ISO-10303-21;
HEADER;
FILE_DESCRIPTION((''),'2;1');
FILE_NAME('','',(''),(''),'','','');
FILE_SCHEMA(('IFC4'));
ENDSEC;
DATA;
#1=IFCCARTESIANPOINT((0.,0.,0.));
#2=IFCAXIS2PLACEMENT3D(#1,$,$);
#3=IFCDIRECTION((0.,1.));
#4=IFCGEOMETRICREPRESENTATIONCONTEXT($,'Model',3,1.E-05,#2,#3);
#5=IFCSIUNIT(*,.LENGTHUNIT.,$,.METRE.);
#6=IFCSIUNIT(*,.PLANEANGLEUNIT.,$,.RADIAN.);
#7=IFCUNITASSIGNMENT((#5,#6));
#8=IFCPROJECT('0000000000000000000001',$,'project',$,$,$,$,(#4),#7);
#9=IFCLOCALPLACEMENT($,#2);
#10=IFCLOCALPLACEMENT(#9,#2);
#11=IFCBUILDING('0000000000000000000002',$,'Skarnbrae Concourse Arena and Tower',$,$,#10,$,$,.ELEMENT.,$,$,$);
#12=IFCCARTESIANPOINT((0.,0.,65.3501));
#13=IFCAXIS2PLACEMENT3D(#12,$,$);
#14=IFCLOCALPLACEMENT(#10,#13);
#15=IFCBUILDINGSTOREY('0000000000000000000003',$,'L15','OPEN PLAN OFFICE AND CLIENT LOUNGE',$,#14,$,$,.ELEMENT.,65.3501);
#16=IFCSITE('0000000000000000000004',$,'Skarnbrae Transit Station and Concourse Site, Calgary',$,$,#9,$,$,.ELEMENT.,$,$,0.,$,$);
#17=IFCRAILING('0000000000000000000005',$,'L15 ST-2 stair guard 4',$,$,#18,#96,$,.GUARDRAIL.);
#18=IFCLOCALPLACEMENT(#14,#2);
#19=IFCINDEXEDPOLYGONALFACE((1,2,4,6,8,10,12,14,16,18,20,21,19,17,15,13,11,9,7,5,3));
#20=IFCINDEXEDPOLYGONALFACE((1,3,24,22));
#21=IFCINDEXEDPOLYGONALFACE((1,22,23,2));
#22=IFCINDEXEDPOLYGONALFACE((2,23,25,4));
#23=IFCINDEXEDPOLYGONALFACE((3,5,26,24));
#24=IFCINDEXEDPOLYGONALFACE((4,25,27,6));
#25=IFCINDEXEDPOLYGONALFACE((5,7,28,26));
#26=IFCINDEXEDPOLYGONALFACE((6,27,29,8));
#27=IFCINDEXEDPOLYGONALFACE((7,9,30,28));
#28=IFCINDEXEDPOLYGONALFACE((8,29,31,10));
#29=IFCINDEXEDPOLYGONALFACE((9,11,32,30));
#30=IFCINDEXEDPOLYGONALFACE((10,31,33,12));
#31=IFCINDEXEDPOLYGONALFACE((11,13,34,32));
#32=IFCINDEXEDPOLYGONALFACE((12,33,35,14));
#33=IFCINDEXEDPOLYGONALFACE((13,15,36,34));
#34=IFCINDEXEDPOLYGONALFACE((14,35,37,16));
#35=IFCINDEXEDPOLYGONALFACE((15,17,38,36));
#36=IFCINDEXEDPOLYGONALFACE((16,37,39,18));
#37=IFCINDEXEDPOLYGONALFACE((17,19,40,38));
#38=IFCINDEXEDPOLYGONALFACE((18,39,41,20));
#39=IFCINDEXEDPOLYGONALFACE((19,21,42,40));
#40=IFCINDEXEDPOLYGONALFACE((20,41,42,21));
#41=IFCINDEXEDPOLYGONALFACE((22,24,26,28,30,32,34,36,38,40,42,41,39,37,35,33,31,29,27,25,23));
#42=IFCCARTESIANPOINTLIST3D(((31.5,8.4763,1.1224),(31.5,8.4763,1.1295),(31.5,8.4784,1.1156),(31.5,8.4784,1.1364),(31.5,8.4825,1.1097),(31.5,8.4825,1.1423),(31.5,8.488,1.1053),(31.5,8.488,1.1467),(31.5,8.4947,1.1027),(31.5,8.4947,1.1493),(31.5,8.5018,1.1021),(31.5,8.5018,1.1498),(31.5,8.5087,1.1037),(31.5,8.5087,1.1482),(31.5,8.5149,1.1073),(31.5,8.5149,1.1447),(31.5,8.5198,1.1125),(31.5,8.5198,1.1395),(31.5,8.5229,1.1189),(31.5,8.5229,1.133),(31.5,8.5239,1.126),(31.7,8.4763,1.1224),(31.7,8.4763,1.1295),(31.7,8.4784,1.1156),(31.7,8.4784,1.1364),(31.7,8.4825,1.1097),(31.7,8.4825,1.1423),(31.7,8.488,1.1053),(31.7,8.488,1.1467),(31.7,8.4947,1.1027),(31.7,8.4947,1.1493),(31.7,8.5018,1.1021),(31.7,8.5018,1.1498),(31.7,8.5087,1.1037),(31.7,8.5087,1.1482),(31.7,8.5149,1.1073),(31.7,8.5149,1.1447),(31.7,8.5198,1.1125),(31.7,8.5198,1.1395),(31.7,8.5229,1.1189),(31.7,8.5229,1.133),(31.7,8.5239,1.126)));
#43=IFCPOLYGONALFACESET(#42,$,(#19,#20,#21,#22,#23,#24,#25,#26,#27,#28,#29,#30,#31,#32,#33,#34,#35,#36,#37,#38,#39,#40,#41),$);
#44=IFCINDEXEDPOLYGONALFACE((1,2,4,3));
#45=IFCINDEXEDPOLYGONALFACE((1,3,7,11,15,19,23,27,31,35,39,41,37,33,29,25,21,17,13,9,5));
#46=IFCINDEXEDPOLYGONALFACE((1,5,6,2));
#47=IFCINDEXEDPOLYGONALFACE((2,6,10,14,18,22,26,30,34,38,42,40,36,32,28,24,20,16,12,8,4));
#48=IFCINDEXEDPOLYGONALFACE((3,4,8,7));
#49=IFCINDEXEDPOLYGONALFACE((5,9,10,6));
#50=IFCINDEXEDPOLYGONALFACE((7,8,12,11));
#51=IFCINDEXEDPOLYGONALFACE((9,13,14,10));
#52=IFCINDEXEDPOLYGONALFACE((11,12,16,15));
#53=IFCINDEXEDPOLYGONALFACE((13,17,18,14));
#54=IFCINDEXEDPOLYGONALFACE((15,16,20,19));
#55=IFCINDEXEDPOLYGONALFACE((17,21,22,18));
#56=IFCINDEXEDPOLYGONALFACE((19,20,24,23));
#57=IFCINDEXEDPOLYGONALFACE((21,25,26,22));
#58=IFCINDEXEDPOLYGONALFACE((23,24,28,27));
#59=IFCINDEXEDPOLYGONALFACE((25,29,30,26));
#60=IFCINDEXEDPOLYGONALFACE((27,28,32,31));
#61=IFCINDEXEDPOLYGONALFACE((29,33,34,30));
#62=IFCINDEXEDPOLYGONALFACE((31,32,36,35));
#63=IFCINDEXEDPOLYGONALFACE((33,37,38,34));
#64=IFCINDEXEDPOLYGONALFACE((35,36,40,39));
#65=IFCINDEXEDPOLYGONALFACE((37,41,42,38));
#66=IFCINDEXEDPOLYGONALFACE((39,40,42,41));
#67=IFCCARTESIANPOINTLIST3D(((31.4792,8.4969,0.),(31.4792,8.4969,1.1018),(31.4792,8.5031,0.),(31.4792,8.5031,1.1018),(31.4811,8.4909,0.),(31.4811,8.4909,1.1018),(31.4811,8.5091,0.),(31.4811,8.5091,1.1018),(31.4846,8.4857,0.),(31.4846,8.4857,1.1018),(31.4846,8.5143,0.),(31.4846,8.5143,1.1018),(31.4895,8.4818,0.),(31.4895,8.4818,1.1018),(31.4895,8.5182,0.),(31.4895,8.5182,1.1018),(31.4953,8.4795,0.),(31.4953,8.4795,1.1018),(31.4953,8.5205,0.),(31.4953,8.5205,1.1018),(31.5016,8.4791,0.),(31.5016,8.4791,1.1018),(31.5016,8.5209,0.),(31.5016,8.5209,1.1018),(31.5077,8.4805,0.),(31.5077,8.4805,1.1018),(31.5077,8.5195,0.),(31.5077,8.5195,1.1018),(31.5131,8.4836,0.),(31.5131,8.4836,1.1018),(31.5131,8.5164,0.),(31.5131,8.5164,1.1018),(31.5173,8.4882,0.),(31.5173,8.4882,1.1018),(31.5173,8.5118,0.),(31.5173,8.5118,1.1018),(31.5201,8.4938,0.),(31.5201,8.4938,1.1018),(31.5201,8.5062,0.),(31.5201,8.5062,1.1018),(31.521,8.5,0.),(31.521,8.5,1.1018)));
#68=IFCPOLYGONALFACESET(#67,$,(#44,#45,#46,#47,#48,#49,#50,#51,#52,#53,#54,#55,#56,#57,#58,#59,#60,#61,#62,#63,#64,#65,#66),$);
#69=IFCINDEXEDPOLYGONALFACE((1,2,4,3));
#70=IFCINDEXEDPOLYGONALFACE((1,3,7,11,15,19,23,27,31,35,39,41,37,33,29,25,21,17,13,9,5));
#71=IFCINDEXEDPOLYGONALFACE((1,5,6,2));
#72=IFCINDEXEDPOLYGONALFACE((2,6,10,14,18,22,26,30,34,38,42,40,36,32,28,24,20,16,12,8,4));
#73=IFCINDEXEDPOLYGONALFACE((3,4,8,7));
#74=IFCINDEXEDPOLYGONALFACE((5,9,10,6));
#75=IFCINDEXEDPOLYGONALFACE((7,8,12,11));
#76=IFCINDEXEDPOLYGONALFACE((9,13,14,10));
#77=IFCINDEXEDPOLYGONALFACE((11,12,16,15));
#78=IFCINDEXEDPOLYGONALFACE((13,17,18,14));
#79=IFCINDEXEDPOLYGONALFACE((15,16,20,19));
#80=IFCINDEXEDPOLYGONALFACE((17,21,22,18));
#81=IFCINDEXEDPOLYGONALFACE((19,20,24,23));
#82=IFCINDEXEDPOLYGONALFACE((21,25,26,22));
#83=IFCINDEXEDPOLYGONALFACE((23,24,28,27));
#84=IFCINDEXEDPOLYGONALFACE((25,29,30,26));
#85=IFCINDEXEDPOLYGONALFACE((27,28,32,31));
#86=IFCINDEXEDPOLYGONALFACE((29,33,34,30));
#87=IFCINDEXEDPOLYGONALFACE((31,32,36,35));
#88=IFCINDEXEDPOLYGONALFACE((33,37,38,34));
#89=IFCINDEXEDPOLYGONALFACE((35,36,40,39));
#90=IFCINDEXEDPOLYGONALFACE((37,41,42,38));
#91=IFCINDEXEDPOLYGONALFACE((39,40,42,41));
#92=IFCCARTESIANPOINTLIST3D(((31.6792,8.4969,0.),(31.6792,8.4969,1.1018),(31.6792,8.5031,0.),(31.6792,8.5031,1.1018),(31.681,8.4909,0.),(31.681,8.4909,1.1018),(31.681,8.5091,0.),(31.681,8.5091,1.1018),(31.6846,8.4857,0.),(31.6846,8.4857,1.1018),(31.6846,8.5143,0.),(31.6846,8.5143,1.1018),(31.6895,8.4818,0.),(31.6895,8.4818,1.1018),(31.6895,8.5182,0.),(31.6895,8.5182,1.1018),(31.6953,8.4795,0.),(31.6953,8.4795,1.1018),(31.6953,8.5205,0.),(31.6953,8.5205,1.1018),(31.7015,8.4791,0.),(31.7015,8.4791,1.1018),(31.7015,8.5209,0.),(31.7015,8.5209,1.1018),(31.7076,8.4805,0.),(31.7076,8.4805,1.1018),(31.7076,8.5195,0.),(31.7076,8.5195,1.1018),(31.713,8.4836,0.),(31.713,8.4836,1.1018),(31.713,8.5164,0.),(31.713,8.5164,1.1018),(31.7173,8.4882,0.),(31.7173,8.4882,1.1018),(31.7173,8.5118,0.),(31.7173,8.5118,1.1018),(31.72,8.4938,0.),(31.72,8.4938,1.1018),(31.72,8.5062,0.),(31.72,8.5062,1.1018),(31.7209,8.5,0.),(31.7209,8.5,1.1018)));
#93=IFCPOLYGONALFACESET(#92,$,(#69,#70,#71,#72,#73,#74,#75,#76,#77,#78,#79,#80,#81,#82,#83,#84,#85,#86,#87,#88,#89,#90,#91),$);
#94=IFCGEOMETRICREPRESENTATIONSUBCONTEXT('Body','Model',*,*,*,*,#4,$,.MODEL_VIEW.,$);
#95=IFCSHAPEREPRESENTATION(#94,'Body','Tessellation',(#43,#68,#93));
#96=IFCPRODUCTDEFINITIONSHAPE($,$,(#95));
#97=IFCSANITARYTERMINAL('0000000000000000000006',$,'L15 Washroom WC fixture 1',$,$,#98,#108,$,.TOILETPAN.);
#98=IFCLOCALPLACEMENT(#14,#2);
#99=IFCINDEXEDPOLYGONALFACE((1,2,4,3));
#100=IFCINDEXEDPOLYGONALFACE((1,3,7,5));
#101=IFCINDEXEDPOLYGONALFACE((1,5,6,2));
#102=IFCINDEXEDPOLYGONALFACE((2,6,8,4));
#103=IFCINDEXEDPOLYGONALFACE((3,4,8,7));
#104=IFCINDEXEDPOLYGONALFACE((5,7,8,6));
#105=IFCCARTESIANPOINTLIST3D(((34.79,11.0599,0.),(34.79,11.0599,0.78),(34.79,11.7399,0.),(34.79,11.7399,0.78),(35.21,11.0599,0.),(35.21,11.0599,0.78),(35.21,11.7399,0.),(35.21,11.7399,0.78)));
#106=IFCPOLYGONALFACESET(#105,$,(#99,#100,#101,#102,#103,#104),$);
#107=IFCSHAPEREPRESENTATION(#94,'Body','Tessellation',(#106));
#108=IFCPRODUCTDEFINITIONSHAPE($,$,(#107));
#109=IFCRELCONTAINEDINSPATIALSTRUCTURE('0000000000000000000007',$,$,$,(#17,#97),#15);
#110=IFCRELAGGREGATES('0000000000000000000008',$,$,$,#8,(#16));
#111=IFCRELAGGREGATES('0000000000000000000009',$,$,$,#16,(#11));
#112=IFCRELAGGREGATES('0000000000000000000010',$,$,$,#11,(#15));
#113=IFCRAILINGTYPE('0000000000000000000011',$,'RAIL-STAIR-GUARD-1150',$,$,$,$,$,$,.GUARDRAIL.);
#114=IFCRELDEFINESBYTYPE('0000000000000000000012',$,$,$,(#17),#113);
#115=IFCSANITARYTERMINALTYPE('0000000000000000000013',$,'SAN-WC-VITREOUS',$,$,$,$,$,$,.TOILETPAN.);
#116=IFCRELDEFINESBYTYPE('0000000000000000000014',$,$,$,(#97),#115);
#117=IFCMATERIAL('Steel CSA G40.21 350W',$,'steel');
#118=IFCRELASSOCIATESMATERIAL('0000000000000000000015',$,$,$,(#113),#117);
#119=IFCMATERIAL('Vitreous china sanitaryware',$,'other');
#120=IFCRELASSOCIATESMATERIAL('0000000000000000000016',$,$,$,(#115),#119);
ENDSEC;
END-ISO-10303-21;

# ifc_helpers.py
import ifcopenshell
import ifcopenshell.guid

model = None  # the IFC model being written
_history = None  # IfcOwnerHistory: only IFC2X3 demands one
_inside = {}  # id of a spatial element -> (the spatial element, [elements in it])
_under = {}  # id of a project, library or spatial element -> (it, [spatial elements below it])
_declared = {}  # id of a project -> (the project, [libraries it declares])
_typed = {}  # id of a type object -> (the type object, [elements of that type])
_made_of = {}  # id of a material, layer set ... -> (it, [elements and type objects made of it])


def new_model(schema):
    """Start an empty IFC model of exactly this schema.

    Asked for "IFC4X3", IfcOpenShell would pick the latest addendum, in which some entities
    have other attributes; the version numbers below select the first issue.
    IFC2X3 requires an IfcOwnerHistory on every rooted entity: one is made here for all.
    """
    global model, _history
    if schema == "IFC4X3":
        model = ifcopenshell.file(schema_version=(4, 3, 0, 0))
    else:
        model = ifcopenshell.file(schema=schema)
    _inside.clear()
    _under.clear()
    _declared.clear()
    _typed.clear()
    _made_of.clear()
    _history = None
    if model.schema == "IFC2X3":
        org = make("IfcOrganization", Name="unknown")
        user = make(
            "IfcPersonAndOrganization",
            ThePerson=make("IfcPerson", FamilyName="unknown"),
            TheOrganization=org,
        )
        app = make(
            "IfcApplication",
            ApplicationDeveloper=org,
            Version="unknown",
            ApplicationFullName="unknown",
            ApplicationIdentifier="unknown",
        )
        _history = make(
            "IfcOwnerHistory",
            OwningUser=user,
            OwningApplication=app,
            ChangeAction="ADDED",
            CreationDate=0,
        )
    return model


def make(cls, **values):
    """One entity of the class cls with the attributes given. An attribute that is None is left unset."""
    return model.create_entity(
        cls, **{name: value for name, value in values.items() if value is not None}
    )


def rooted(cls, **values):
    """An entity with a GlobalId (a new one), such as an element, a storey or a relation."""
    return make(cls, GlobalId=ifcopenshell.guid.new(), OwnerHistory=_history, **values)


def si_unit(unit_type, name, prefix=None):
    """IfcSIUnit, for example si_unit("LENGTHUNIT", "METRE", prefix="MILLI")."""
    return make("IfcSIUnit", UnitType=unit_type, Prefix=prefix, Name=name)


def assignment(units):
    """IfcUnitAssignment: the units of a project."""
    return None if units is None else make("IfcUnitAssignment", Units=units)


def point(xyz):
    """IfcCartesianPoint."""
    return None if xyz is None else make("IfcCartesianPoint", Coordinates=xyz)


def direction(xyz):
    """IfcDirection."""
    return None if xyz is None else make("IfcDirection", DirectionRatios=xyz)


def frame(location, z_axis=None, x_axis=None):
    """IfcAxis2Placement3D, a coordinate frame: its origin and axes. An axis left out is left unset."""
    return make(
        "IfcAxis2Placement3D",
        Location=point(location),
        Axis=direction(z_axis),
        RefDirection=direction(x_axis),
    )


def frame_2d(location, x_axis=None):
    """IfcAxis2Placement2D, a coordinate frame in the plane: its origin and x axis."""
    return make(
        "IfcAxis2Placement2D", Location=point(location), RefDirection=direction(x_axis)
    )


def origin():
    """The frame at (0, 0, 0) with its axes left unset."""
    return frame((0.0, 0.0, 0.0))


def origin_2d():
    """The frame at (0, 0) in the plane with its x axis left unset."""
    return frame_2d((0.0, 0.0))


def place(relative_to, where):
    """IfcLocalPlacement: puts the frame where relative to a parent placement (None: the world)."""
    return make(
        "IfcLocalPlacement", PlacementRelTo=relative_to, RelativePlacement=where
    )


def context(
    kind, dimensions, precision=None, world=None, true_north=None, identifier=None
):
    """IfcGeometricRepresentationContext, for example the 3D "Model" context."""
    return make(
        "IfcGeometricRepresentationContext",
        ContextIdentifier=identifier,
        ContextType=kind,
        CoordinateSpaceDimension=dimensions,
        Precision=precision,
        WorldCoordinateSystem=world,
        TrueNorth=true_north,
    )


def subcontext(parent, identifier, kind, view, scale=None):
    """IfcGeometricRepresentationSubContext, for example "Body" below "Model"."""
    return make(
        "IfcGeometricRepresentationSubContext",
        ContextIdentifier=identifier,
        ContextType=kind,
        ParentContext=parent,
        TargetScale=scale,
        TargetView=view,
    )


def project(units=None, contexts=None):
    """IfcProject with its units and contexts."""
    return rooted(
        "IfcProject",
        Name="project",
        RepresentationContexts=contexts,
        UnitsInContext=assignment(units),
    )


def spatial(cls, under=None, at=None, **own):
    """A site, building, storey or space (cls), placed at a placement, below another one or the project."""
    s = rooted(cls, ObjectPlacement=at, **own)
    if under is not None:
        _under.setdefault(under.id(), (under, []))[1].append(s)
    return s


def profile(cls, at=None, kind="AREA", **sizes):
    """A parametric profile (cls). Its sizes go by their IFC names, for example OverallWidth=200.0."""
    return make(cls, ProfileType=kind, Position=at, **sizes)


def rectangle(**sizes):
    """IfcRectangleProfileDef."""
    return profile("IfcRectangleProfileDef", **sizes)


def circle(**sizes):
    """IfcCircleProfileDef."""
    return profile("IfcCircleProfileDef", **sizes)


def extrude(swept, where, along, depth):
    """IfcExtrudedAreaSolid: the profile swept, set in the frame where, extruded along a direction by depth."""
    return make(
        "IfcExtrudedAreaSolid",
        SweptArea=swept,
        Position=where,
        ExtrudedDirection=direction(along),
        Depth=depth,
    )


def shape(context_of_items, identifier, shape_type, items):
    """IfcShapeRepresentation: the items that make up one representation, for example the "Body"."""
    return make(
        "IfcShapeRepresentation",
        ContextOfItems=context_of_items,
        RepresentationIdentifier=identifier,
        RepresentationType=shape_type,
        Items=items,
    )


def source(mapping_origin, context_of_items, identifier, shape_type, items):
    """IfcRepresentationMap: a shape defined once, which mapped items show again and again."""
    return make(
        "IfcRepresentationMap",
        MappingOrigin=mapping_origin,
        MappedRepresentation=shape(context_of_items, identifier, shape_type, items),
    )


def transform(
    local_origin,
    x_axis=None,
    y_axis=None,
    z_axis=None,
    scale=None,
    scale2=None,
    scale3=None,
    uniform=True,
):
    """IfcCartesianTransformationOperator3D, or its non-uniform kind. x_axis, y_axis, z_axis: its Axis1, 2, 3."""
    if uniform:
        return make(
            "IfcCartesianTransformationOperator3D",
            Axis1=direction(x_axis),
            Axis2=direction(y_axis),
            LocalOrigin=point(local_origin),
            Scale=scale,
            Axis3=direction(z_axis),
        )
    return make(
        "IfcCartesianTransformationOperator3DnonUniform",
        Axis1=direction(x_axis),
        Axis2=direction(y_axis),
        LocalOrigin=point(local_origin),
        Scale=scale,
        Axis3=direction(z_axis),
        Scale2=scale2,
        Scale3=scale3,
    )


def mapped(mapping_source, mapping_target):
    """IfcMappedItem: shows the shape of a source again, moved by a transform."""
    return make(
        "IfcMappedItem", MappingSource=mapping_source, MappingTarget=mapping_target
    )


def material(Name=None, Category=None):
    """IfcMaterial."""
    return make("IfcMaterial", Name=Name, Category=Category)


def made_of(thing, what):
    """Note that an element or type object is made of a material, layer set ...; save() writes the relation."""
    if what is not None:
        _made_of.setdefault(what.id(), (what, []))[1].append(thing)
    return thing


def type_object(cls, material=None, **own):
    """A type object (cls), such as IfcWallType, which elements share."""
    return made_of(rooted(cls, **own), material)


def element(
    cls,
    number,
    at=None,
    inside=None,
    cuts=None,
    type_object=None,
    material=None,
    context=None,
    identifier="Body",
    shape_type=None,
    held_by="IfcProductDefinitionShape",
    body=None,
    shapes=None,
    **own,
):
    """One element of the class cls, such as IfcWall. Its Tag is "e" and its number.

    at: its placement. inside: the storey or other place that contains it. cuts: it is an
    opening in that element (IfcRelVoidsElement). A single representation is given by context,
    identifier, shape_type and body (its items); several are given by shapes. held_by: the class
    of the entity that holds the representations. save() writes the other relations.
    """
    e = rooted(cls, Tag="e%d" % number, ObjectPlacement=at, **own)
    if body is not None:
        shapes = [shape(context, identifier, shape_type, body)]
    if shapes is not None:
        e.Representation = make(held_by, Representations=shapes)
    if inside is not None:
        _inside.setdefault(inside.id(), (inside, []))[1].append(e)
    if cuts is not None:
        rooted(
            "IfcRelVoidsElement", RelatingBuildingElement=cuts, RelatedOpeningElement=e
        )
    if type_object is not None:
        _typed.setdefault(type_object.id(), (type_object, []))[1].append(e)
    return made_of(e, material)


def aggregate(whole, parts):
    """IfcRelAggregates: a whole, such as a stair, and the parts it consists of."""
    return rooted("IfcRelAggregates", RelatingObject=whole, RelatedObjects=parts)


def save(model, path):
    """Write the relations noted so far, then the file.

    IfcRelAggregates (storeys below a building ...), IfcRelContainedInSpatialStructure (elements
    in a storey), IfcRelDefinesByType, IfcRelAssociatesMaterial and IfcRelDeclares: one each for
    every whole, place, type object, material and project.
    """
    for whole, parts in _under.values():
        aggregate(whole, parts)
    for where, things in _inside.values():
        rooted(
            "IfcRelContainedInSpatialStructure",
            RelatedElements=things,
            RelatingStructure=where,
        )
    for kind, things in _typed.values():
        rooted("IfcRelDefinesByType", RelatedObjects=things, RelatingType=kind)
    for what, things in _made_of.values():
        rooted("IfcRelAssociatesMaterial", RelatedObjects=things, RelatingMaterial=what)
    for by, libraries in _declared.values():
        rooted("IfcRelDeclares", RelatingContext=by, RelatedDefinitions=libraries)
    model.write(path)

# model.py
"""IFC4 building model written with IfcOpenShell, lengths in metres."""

from ifc_helpers import new_model, si_unit, direction, frame, origin, origin_2d, place, context, subcontext, project, spatial, rectangle, circle, extrude, source, transform, mapped, material, type_object, element, save


model = new_model("IFC4")

# Units and contexts
model_context = context("Model", 3, precision=1e-05, world=origin(), true_north=direction((0.0, 1.0)))
body_context = subcontext(model_context, "Body", "Model", "MODEL_VIEW")
ifc_project = project(units=[si_unit("LENGTHUNIT", "METRE"), si_unit("PLANEANGLEUNIT", "RADIAN")], contexts=[model_context])

# Site, building, storey
site_placement = place(None, origin())
site = spatial("IfcSite", under=ifc_project, at=site_placement, Name="Skarnbrae Transit Station and Concourse Site, Calgary", CompositionType="ELEMENT", RefElevation=0.0)
building_placement = place(site_placement, origin())
building = spatial("IfcBuilding", under=site, at=building_placement, Name="Skarnbrae Concourse Arena and Tower", CompositionType="ELEMENT")
storey_placement = place(building_placement, frame((0.0, 0.0, 65.3501)))
storey = spatial("IfcBuildingStorey", under=building, at=storey_placement, Name="L15", Description="OPEN PLAN OFFICE AND CLIENT LOUNGE", CompositionType="ELEMENT", Elevation=65.3501)

# Shared definitions
ifc_material_1 = material(Name="Steel CSA G40.21 350W", Category="steel")

# Railing
railing_type_1 = type_object("IfcRailingType", Name="RAIL-STAIR-GUARD-1150", PredefinedType="GUARDRAIL", material=ifc_material_1)
railing_1_placement = place(storey_placement, frame((31.5, 8.5, 0.0)))
element("IfcRailing", 1, at=railing_1_placement, inside=storey, type_object=railing_type_1, Name="L15 ST-2 stair guard 4", PredefinedType="GUARDRAIL", context=body_context, shape_type="SweptSolid", body=[
    extrude(circle(Radius=0.0239, at=origin_2d()), frame((0.0, 0.0, 1.126), z_axis=(1.0, 0.0, 0.0), x_axis=(0.0, 1.0, 0.0)), (0.0, 0.0, 1.0), 0.2),
    extrude(circle(Radius=0.021, at=origin_2d()), origin(), (0.0, 0.0, 1.0), 1.1018),
    extrude(circle(Radius=0.021, at=origin_2d()), frame((0.2, 0.0, 0.0)), (0.0, 0.0, 1.0), 1.1018),
])

# Sanitary terminal
ifc_material_2 = material(Name="Vitreous china sanitaryware", Category="other")
sanitary_terminal_type = type_object("IfcSanitaryTerminalType", Name="SAN-WC-VITREOUS", PredefinedType="TOILETPAN", material=ifc_material_2)
shared_shape_1 = source(origin(), body_context, "Body", "SweptSolid", [
    extrude(rectangle(XDim=0.4199, YDim=0.6799, at=origin_2d()), origin(), (0.0, 0.0, 1.0), 0.78),
])
sanitary_terminal_placement = place(storey_placement, frame((35.0, 11.3999, 0.0), z_axis=(0.0, 0.0, 1.0), x_axis=(1.0, 0.0, 0.0)))
element("IfcSanitaryTerminal", 2, at=sanitary_terminal_placement, inside=storey, type_object=sanitary_terminal_type, Name="L15 Washroom WC fixture 1", PredefinedType="TOILETPAN", context=body_context, shape_type="MappedRepresentation", body=[
    mapped(shared_shape_1, transform((0.0, 0.0, 0.0))),
])

save(model, "model.ifc")
